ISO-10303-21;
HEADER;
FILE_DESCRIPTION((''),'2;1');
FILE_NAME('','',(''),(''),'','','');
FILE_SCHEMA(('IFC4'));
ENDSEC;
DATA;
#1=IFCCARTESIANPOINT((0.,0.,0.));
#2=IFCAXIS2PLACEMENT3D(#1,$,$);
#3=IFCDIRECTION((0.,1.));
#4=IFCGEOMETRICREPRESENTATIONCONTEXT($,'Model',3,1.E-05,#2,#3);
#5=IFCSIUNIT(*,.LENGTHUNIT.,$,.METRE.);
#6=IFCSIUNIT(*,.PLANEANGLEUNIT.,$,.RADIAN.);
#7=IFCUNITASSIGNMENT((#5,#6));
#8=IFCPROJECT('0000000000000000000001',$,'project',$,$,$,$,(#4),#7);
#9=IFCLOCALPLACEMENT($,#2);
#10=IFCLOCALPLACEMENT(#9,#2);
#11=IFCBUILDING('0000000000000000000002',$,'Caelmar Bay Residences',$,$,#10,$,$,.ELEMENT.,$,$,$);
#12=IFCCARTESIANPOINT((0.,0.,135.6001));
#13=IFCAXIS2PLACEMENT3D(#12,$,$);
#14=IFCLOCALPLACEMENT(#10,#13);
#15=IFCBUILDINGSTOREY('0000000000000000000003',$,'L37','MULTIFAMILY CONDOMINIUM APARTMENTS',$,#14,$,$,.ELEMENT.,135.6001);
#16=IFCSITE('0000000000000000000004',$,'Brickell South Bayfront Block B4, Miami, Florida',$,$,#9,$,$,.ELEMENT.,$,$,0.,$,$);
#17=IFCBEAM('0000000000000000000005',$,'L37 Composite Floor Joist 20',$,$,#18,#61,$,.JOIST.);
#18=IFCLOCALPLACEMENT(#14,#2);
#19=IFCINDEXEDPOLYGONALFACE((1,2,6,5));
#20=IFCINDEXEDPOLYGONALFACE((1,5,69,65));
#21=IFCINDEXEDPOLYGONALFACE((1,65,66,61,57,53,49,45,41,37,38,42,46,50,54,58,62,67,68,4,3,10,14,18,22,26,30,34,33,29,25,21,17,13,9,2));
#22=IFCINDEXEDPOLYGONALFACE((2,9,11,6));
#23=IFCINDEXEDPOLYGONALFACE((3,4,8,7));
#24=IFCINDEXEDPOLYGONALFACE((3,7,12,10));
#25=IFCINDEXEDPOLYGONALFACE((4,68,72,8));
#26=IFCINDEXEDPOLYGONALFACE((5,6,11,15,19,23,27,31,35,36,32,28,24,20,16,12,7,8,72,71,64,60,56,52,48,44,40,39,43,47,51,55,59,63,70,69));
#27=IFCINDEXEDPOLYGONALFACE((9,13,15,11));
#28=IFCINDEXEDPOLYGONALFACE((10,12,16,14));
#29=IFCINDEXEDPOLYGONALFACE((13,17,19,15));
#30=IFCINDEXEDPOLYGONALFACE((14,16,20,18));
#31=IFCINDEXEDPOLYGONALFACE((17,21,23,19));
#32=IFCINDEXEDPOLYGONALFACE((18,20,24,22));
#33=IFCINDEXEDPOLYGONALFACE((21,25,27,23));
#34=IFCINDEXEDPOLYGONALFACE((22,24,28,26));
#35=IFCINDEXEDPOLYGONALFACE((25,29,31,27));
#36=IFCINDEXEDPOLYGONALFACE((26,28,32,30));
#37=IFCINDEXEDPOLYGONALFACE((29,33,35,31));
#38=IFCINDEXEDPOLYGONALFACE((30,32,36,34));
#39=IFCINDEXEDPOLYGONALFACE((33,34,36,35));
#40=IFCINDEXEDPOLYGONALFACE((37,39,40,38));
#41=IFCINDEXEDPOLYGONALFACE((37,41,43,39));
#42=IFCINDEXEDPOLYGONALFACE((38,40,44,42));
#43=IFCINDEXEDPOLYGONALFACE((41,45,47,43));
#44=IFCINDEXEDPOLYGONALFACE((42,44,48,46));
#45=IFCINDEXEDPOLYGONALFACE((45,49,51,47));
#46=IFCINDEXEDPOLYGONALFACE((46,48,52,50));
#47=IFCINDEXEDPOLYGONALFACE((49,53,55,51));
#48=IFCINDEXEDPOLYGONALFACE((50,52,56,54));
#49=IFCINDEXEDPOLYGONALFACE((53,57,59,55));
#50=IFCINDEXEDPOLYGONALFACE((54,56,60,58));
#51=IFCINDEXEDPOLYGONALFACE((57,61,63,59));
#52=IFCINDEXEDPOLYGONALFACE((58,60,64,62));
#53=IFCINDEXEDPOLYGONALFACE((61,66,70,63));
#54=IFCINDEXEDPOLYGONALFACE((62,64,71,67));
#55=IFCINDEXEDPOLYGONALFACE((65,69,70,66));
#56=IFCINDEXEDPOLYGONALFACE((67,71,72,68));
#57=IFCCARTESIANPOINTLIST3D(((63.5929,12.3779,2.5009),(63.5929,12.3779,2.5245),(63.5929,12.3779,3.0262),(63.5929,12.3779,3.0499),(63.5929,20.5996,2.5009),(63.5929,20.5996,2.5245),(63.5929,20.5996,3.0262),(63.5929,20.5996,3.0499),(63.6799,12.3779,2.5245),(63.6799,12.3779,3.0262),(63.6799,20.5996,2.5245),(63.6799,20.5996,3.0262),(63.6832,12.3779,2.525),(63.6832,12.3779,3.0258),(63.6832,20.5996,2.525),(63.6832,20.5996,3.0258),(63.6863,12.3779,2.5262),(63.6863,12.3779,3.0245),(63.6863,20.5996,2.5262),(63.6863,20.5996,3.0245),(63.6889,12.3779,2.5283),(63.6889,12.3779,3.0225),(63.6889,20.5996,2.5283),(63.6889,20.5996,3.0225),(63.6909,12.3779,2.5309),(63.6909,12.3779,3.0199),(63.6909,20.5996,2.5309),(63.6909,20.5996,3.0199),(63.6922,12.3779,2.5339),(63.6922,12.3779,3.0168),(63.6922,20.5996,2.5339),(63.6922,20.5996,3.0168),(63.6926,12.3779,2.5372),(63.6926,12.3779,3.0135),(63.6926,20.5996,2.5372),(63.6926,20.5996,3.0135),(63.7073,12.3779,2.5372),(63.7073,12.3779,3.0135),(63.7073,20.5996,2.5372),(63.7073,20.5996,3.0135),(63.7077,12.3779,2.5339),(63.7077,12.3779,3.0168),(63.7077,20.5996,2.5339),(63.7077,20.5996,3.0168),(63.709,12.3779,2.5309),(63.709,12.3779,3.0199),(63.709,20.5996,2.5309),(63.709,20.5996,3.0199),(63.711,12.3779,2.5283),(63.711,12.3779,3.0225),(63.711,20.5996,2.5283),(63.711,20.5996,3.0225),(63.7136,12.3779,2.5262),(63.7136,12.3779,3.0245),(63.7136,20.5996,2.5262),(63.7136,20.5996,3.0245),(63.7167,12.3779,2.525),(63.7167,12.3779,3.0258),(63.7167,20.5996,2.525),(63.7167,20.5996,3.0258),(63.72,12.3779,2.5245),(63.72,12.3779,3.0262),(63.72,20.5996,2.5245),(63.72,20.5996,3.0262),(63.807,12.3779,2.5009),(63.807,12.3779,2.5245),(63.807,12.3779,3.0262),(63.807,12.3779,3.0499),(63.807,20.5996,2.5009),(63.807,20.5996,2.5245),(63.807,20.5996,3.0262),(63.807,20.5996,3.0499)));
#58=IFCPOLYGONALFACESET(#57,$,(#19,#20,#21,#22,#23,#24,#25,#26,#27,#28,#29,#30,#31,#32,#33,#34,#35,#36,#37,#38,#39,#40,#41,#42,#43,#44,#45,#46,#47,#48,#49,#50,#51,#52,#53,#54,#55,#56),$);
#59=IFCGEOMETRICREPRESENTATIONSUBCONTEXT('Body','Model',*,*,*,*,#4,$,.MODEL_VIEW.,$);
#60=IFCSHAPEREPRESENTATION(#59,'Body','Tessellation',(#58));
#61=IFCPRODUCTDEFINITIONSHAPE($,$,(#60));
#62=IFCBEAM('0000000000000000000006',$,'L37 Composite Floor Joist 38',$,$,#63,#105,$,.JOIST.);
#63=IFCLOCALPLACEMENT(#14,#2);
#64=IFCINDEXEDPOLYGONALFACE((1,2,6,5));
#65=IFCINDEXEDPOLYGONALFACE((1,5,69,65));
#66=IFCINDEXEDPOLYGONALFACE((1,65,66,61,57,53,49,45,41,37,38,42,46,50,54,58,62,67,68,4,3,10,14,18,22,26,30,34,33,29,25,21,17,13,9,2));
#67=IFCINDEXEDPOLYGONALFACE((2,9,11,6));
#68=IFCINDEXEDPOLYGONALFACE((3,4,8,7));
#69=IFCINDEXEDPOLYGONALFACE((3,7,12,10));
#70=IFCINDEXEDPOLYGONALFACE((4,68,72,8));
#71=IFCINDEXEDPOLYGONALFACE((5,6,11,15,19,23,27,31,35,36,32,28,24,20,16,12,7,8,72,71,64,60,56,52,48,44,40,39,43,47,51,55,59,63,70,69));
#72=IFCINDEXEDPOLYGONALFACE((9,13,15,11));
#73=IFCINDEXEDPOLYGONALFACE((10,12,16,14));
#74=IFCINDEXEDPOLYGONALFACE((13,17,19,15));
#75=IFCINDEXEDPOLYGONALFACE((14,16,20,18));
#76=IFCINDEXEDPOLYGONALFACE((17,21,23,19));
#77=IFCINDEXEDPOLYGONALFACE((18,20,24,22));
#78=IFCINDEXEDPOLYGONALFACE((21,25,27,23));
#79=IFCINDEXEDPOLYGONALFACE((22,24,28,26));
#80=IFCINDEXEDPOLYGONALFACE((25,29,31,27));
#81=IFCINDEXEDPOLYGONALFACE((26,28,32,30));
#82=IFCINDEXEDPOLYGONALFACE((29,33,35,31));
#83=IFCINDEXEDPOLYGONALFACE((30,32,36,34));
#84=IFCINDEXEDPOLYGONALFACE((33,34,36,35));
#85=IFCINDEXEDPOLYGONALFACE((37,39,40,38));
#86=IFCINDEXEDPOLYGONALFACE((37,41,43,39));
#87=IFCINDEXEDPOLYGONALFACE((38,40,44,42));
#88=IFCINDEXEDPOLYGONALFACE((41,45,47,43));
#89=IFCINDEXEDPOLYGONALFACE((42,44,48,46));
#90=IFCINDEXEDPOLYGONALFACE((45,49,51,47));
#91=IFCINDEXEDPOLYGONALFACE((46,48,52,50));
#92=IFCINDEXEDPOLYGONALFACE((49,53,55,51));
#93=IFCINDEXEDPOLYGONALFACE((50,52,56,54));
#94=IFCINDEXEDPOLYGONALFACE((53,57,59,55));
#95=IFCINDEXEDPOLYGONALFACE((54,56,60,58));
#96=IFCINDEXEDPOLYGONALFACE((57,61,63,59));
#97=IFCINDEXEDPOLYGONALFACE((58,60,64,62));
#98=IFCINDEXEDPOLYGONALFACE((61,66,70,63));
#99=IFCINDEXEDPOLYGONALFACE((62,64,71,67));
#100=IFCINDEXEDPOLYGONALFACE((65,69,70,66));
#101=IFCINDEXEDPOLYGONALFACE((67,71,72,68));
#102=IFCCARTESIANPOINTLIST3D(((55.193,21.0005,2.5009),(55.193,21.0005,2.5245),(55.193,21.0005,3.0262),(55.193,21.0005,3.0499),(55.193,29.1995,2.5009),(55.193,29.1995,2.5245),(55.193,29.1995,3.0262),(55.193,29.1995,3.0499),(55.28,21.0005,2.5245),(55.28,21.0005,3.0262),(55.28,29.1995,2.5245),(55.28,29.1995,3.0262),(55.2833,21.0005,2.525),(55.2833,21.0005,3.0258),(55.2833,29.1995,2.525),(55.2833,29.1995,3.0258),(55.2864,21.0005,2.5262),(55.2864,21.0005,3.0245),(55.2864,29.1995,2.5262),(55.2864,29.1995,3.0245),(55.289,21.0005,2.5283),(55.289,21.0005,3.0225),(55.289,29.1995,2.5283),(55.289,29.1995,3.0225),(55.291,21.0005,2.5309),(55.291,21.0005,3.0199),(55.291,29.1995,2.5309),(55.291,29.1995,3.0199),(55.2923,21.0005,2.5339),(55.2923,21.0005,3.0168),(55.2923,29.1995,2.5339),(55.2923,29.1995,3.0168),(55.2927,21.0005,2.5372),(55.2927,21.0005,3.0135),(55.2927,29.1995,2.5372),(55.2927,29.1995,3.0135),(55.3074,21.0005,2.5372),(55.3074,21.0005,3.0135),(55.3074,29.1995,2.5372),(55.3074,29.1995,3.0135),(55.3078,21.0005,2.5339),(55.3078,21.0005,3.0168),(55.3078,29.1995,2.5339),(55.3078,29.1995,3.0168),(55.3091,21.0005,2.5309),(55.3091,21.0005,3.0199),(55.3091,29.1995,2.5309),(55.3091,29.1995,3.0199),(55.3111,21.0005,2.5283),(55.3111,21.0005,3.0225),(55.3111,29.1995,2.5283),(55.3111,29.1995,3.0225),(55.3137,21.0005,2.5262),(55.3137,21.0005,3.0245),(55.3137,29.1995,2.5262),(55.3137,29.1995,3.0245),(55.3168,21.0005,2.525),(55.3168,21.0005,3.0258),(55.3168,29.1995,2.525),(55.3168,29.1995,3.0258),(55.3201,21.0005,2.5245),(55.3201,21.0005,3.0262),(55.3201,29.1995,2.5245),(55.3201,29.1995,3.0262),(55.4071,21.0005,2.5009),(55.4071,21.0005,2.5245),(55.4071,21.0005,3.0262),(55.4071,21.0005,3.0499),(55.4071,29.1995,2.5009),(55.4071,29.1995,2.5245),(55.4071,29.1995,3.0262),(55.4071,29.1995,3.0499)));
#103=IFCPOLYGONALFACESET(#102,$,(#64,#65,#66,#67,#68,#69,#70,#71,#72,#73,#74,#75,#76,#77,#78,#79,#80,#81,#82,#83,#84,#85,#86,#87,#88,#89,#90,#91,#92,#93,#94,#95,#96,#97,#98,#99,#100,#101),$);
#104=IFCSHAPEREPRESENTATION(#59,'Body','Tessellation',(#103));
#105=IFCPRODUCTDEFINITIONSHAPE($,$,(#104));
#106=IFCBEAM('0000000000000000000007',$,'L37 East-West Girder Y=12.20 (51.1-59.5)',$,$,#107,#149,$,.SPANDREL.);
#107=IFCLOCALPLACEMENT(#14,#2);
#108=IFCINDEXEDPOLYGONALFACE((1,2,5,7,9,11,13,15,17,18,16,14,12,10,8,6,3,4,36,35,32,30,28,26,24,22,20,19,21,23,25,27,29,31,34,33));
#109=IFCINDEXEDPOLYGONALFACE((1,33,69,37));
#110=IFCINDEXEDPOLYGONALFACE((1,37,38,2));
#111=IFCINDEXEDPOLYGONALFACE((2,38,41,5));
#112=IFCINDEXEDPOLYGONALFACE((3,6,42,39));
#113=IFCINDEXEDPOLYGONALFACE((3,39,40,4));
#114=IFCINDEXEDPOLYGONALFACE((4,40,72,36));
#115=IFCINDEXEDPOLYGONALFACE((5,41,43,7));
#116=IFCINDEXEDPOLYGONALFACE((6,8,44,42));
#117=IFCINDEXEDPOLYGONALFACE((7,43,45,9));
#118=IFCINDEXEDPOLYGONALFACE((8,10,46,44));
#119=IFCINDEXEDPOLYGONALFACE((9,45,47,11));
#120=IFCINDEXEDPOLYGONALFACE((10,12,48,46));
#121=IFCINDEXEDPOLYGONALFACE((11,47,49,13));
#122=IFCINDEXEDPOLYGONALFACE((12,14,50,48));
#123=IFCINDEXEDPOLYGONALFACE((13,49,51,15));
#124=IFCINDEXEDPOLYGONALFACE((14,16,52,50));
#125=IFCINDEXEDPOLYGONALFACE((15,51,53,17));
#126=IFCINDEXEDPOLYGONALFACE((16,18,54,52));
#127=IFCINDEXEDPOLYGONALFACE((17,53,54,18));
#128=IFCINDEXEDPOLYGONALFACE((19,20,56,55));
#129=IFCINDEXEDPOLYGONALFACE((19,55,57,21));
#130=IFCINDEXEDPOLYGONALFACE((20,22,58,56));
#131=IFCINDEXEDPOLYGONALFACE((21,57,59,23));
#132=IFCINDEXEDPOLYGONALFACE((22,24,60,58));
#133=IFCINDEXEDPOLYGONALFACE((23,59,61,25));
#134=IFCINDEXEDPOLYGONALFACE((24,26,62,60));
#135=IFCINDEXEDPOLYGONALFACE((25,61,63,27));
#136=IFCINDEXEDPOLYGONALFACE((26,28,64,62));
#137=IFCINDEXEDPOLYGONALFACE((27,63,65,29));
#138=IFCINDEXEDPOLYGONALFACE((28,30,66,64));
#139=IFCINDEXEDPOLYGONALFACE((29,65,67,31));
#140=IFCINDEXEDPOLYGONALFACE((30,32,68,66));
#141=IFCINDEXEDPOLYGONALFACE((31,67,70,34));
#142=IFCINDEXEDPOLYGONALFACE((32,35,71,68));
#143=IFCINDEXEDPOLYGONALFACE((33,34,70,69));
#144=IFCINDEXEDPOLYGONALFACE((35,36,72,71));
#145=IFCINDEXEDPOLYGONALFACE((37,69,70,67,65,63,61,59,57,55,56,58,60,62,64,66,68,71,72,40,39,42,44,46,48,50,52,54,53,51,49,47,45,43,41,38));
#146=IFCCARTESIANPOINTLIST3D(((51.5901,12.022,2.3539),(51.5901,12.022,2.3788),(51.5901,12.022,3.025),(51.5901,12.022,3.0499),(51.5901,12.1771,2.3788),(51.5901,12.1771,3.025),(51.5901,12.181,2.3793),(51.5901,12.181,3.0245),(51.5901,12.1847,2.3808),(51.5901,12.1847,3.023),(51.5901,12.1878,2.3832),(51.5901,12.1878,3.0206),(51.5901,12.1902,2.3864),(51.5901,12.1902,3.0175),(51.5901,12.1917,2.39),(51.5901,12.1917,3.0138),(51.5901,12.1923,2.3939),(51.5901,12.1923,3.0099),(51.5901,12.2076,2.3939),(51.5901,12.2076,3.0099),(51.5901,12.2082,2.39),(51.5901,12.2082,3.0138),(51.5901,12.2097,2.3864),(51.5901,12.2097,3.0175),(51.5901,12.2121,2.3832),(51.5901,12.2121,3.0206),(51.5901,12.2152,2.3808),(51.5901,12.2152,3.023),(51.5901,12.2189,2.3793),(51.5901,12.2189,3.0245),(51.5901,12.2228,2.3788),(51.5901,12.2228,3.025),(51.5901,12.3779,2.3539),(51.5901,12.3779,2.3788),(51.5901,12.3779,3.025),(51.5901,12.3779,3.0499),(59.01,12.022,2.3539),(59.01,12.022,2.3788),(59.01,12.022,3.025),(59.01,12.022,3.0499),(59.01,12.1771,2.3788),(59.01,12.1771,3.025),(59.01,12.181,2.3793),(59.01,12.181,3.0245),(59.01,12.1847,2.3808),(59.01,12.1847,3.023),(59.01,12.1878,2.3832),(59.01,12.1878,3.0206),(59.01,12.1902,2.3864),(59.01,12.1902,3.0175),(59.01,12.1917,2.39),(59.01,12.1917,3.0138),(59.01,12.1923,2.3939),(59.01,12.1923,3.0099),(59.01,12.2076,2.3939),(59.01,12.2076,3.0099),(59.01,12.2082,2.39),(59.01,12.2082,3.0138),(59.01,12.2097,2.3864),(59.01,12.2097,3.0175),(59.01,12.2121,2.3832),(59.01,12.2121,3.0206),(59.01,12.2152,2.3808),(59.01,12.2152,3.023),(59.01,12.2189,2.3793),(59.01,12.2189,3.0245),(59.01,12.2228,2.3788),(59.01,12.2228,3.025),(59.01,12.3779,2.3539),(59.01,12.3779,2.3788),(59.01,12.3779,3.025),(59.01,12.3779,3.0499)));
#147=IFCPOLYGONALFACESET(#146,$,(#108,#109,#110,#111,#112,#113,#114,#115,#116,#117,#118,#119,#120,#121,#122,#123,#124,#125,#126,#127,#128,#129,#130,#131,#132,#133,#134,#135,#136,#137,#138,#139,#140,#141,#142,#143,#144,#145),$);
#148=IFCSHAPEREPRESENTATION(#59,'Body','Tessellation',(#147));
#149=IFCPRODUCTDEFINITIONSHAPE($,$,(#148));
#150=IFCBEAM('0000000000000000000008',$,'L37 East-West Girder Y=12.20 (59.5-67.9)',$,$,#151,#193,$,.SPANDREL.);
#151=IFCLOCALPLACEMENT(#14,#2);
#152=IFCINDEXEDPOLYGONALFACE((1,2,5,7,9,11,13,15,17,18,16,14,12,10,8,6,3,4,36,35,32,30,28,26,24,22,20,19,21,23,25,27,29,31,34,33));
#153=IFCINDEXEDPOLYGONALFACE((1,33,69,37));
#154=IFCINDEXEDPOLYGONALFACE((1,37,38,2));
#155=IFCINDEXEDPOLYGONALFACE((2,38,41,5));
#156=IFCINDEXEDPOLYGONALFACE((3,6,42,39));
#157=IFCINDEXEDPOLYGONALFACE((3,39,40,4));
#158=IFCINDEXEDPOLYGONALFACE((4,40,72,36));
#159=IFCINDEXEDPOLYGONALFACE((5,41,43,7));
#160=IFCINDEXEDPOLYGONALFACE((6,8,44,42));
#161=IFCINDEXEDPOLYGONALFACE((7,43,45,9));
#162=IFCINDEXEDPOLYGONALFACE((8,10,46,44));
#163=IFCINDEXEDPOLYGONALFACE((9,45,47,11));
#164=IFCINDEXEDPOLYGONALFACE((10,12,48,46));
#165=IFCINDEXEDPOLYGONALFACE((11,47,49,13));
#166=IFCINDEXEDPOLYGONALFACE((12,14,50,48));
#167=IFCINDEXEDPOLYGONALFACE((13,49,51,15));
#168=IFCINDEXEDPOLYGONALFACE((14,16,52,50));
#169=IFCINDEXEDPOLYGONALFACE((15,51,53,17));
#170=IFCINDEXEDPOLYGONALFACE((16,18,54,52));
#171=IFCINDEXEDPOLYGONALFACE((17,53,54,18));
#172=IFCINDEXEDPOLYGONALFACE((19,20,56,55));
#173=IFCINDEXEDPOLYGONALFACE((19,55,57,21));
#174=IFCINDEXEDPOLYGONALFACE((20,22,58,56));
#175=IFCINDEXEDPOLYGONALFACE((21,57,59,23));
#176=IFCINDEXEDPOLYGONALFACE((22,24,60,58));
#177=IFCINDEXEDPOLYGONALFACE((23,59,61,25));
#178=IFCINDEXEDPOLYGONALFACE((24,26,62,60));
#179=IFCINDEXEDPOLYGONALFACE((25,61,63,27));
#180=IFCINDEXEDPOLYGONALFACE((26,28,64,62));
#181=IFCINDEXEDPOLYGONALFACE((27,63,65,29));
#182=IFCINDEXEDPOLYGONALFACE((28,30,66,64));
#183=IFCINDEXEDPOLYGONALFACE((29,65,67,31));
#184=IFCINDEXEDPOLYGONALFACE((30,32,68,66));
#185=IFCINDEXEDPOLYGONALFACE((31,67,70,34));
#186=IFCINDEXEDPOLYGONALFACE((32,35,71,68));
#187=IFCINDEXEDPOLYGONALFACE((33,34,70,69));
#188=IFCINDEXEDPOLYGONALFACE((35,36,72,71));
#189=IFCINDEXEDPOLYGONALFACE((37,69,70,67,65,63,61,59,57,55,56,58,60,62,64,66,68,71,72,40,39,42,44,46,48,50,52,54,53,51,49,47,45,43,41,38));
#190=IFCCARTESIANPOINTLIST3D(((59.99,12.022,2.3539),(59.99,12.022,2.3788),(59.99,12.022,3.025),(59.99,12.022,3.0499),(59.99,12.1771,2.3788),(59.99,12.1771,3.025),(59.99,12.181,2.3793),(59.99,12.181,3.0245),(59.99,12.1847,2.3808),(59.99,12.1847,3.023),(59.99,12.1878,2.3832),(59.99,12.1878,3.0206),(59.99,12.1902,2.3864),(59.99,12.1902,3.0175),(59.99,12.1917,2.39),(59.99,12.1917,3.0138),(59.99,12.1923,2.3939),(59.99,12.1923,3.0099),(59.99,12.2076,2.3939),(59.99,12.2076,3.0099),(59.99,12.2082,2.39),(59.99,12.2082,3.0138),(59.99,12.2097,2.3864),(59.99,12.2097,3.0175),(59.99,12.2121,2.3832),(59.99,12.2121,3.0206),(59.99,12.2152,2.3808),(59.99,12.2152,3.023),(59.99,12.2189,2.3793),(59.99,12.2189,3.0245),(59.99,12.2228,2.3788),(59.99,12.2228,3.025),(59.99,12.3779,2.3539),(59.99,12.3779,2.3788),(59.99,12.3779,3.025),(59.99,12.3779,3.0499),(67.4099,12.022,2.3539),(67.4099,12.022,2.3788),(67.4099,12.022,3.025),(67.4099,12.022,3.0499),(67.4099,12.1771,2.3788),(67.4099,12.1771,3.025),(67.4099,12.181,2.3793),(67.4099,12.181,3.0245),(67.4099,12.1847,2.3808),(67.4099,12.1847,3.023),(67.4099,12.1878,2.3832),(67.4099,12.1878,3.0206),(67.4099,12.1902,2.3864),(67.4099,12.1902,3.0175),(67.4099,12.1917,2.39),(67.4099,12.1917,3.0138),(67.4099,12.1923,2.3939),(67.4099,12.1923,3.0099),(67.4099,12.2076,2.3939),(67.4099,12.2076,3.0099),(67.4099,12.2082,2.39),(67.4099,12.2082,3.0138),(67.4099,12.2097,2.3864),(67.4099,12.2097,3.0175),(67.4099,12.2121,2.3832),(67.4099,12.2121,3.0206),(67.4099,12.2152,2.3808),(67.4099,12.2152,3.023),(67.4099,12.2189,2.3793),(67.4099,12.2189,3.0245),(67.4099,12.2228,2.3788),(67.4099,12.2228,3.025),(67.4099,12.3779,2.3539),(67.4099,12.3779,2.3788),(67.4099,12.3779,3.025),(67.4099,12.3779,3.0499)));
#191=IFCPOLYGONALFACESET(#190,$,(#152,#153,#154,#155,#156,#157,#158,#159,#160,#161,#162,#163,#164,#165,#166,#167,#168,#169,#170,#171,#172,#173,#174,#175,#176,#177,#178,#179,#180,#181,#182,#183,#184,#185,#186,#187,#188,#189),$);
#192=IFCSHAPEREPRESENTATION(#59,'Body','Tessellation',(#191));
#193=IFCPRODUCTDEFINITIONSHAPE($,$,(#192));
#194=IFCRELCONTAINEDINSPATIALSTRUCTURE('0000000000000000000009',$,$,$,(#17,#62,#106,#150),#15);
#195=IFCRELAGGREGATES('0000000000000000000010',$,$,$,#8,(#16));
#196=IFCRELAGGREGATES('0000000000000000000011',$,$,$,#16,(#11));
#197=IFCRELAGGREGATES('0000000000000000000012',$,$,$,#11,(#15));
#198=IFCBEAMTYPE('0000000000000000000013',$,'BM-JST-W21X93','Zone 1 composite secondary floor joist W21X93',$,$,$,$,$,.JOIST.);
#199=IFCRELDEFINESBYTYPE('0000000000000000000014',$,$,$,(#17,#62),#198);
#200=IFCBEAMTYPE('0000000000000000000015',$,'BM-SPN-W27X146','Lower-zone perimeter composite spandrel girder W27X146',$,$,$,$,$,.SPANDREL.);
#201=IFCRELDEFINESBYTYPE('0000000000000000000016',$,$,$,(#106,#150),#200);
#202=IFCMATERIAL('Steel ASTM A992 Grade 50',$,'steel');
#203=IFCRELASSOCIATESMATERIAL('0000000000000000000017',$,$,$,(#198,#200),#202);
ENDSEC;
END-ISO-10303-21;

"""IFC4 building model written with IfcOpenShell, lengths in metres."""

from ifc_helpers import new_model, si_unit, direction, frame, origin, origin_2d, place, context, subcontext, project, spatial, i_section, extrude, material, material_profile, profile_set, type_object, element, save


model = new_model("IFC4")

# Units and contexts
model_context = context("Model", 3, precision=1e-05, world=origin(), true_north=direction((0.0, 1.0)))
body_context = subcontext(model_context, "Body", "Model", "MODEL_VIEW")
ifc_project = project(units=[si_unit("LENGTHUNIT", "METRE"), si_unit("PLANEANGLEUNIT", "RADIAN")], contexts=[model_context])

# Site, building, storey
site_placement = place(None, origin())
site = spatial("IfcSite", under=ifc_project, at=site_placement, Name="Brickell South Bayfront Block B4, Miami, Florida", CompositionType="ELEMENT", RefElevation=0.0)
building_placement = place(site_placement, origin())
building = spatial("IfcBuilding", under=site, at=building_placement, Name="Caelmar Bay Residences", CompositionType="ELEMENT")
storey_placement = place(building_placement, frame((0.0, 0.0, 135.6001)))
storey = spatial("IfcBuildingStorey", under=building, at=storey_placement, Name="L37", Description="MULTIFAMILY CONDOMINIUM APARTMENTS", CompositionType="ELEMENT", Elevation=135.6001)

# Beams
ifc_material_1 = material(Name="Steel ASTM A992 Grade 50", Category="steel")
ifc_material_profile_1 = material_profile(ifc_material_1, i_section(OverallWidth=0.2141, OverallDepth=0.5491, WebThickness=0.0146, FlangeThickness=0.0237, FilletRadius=0.0127, at=origin_2d()), Name="W21X93")
ifc_profile_set_1 = profile_set([ifc_material_profile_1], Name="Steel ASTM A992 Grade 50")
beam_type_1 = type_object("IfcBeamType", Name="BM-JST-W21X93", Description="Zone 1 composite secondary floor joist W21X93", PredefinedType="JOIST", material=ifc_profile_set_1)
for number, where, z_axis, x_axis, name in (
    (1, (63.7, 12.3779, 2.7754), (0.0, 1.0, 0.0), (-1.0, 0.0, 0.0), "L37 Composite Floor Joist 20"),
):
    element("IfcBeam", number, at=place(storey_placement, frame(where, z_axis=z_axis, x_axis=x_axis)), inside=storey, type_object=beam_type_1, Name=name, PredefinedType="JOIST", context=body_context, shape_type="SweptSolid", body=[
        extrude(i_section(OverallWidth=0.2141, OverallDepth=0.5491, WebThickness=0.0146, FlangeThickness=0.0237, FilletRadius=0.0127, at=origin_2d()), origin(), (0.0, 0.0, 1.0), 8.2217),
    ])
beam_1_placement = place(storey_placement, frame((55.3, 21.0005, 2.7754), z_axis=(0.0, 1.0, 0.0), x_axis=(-1.0, 0.0, 0.0)))
element("IfcBeam", 2, at=beam_1_placement, inside=storey, type_object=beam_type_1, Name="L37 Composite Floor Joist 38", PredefinedType="JOIST", context=body_context, shape_type="SweptSolid", body=[
    extrude(i_section(OverallWidth=0.2141, OverallDepth=0.5491, WebThickness=0.0146, FlangeThickness=0.0237, FilletRadius=0.0127, at=origin_2d()), origin(), (0.0, 0.0, 1.0), 8.199),
])
ifc_material_profile_2 = material_profile(ifc_material_1, i_section(OverallWidth=0.356, OverallDepth=0.696, WebThickness=0.0154, FlangeThickness=0.0249, FilletRadius=0.0151, at=origin_2d()), Name="W27X146")
ifc_profile_set_2 = profile_set([ifc_material_profile_2], Name="Steel ASTM A992 Grade 50")
beam_type_2 = type_object("IfcBeamType", Name="BM-SPN-W27X146", Description="Lower-zone perimeter composite spandrel girder W27X146", PredefinedType="SPANDREL", material=ifc_profile_set_2)
for number, where, z_axis, x_axis, name in (
    (3, (51.5901, 12.2, 2.7019), (1.0, 0.0, 0.0), (0.0, 1.0, 0.0), "L37 East-West Girder Y=12.20 (51.1-59.5)"),
    (4, (59.99, 12.2, 2.7019), (1.0, 0.0, 0.0), (0.0, 1.0, 0.0), "L37 East-West Girder Y=12.20 (59.5-67.9)"),
):
    element("IfcBeam", number, at=place(storey_placement, frame(where, z_axis=z_axis, x_axis=x_axis)), inside=storey, type_object=beam_type_2, Name=name, PredefinedType="SPANDREL", context=body_context, shape_type="SweptSolid", body=[
        extrude(i_section(OverallWidth=0.356, OverallDepth=0.696, WebThickness=0.0154, FlangeThickness=0.0249, FilletRadius=0.0151, at=origin_2d()), origin(), (0.0, 0.0, 1.0), 7.4199),
    ])

save(model, "model.ifc")
